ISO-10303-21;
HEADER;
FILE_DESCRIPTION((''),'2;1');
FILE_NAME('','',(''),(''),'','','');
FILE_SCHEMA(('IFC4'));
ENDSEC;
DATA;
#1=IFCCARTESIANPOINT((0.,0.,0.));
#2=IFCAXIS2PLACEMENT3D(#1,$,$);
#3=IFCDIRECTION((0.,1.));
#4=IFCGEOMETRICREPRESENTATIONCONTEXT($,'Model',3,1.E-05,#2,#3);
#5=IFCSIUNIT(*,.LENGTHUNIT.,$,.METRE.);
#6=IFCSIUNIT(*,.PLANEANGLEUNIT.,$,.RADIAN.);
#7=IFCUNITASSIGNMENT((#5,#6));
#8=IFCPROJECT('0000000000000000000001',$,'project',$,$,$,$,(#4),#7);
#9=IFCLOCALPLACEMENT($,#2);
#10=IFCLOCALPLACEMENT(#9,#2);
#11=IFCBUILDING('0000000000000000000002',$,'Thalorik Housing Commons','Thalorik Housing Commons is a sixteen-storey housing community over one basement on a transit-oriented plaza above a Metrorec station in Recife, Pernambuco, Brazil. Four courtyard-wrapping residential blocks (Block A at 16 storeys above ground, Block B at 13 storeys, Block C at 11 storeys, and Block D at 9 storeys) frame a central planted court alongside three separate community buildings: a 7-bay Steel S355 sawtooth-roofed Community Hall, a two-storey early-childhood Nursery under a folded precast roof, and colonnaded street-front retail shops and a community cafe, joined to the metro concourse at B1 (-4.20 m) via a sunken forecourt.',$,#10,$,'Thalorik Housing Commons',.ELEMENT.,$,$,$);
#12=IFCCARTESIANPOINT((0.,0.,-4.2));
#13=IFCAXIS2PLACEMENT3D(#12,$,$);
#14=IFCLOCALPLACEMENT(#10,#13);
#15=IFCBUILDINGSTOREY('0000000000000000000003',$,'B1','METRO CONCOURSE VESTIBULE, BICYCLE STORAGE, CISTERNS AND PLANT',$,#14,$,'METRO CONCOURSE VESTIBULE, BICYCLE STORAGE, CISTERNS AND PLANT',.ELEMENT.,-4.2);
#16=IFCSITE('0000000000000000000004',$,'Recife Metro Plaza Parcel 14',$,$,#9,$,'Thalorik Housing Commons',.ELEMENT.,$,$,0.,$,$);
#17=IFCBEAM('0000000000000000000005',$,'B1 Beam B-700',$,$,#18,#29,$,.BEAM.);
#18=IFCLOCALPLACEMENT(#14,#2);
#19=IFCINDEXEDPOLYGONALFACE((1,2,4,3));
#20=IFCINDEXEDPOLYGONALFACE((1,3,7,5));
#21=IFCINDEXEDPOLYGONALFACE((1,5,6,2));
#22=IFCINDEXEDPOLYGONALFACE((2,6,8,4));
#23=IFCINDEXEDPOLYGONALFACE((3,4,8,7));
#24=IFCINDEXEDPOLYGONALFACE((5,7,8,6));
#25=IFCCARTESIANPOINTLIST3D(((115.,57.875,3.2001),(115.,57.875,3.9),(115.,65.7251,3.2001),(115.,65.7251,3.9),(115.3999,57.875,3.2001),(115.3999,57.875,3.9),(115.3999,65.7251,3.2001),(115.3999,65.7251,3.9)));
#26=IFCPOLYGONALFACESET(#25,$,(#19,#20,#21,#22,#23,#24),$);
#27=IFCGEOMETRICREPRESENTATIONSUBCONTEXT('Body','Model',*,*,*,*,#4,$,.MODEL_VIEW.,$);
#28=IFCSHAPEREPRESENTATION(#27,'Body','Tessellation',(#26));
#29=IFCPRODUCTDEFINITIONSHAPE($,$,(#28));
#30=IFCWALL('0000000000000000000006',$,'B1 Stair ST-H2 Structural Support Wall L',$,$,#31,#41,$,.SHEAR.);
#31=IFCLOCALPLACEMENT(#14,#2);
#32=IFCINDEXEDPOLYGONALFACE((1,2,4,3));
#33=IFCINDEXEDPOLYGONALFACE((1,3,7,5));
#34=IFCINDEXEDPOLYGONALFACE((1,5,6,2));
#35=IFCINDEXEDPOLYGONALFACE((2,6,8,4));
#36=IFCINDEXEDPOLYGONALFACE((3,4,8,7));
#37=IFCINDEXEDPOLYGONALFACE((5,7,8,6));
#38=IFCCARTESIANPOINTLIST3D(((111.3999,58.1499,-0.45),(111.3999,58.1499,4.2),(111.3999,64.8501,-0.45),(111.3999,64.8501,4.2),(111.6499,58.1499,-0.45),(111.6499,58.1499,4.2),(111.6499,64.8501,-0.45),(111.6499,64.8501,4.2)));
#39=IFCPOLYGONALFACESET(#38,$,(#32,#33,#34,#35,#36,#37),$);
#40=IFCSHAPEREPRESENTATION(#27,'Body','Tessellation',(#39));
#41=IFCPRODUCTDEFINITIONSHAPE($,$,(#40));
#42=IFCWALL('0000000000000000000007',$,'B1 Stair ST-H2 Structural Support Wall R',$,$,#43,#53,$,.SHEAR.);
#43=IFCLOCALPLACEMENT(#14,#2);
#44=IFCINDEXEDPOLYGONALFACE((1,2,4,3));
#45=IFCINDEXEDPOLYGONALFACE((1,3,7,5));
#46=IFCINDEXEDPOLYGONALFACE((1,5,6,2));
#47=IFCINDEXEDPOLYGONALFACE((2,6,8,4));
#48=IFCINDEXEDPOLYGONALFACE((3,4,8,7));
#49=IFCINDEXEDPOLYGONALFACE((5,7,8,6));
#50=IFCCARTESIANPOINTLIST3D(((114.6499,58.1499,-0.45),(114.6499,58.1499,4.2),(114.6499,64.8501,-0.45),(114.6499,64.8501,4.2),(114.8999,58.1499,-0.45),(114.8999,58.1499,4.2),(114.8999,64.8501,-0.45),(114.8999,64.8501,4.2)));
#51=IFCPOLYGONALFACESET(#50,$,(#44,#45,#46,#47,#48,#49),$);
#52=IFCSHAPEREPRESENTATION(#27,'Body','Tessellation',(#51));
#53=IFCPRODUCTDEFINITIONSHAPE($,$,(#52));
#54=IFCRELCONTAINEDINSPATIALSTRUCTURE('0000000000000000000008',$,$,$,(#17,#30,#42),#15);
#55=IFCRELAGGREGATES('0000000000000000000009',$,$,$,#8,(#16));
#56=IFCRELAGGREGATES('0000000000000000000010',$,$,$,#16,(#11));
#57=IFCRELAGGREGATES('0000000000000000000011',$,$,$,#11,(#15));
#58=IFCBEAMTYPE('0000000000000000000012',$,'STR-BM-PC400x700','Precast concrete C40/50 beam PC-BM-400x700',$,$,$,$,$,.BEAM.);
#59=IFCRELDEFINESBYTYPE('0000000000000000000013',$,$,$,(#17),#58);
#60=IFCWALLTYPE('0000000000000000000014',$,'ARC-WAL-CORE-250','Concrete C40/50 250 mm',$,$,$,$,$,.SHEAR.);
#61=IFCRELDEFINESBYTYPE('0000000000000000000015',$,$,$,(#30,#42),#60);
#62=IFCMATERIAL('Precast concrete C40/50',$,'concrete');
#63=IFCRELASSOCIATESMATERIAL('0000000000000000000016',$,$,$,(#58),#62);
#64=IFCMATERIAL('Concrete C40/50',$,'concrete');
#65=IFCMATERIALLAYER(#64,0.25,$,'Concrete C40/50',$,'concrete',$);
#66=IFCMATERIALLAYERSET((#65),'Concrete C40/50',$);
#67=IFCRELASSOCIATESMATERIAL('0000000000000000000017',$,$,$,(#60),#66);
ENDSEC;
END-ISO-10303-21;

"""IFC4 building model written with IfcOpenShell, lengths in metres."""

from ifc_helpers import new_model, si_unit, direction, frame, frame_2d, origin, origin_2d, place, context, subcontext, project, spatial, rectangle, extrude, material, layer, layer_set, material_profile, profile_set, type_object, element, save


model = new_model("IFC4")

# Units and contexts
model_context = context("Model", 3, precision=1e-05, world=origin(), true_north=direction((0.0, 1.0)))
body_context = subcontext(model_context, "Body", "Model", "MODEL_VIEW")
ifc_project = project(units=[si_unit("LENGTHUNIT", "METRE"), si_unit("PLANEANGLEUNIT", "RADIAN")], contexts=[model_context])

# Site, building, storey
site_placement = place(None, origin())
site = spatial("IfcSite", under=ifc_project, at=site_placement, Name="Recife Metro Plaza Parcel 14", LongName="Thalorik Housing Commons", CompositionType="ELEMENT", RefElevation=0.0)
building_placement = place(site_placement, origin())
building = spatial("IfcBuilding", under=site, at=building_placement, Name="Thalorik Housing Commons", Description="Thalorik Housing Commons is a sixteen-storey housing community over one basement on a transit-oriented plaza above a Metrorec station in Recife, Pernambuco, Brazil. Four courtyard-wrapping residential blocks (Block A at 16 storeys above ground, Block B at 13 storeys, Block C at 11 storeys, and Block D at 9 storeys) frame a central planted court alongside three separate community buildings: a 7-bay Steel S355 sawtooth-roofed Community Hall, a two-storey early-childhood Nursery under a folded precast roof, and colonnaded street-front retail shops and a community cafe, joined to the metro concourse at B1 (-4.20 m) via a sunken forecourt.", LongName="Thalorik Housing Commons", CompositionType="ELEMENT")
storey_placement = place(building_placement, frame((0.0, 0.0, -4.2)))
storey = spatial("IfcBuildingStorey", under=building, at=storey_placement, Name="B1", Description="METRO CONCOURSE VESTIBULE, BICYCLE STORAGE, CISTERNS AND PLANT", LongName="METRO CONCOURSE VESTIBULE, BICYCLE STORAGE, CISTERNS AND PLANT", CompositionType="ELEMENT", Elevation=-4.2)

# Shared definitions
ifc_material_1 = material(Name="Concrete C40/50", Category="concrete")

# Shared definitions
ifc_material_2 = material(Name="Precast concrete C40/50", Category="concrete")

# Beam
ifc_material_profile_1 = material_profile(ifc_material_2, rectangle(XDim=0.3999, YDim=0.7, at=origin_2d()), Name="PC 400x700", Category="concrete")
ifc_profile_set_1 = profile_set([ifc_material_profile_1], Name="Precast concrete C40/50")
beam_type = type_object("IfcBeamType", Name="STR-BM-PC400x700", Description="Precast concrete C40/50 beam PC-BM-400x700", PredefinedType="BEAM", material=ifc_profile_set_1)
beam_placement = place(storey_placement, frame((115.2, 57.875, 3.55), z_axis=(0.0, 1.0, 0.0), x_axis=(-1.0, 0.0, 0.0)))
element("IfcBeam", 1, at=beam_placement, inside=storey, type_object=beam_type, Name="B1 Beam B-700", PredefinedType="BEAM", context=body_context, shape_type="SweptSolid", body=[
    extrude(rectangle(XDim=0.3999, YDim=0.7, at=origin_2d()), origin(), (0.0, 0.0, 1.0), 7.8501),
])

# Walls
ifc_layer = layer(ifc_material_1, 0.25, Name="Concrete C40/50", Category="concrete")
ifc_layer_set = layer_set([ifc_layer], Name="Concrete C40/50")
wall_type = type_object("IfcWallType", Name="ARC-WAL-CORE-250", Description="Concrete C40/50 250 mm", PredefinedType="SHEAR", material=ifc_layer_set)
for number, where, z_axis, x_axis, name in (
    (2, (111.5249, 64.8501, -0.45), (0.0, 0.0, 1.0), (0.0, -1.0, 0.0), "B1 Stair ST-H2 Structural Support Wall L"),
    (3, (114.7749, 64.8501, -0.45), (0.0, 0.0, 1.0), (0.0, -1.0, 0.0), "B1 Stair ST-H2 Structural Support Wall R"),
):
    element("IfcWall", number, at=place(storey_placement, frame(where, z_axis=z_axis, x_axis=x_axis)), inside=storey, type_object=wall_type, Name=name, PredefinedType="SHEAR", context=body_context, shape_type="SweptSolid", body=[
        extrude(rectangle(XDim=6.7002, YDim=0.25, at=frame_2d((3.3501, 0.0))), origin(), (0.0, 0.0, 1.0), 4.6499),
    ])

save(model, "model.ifc")
